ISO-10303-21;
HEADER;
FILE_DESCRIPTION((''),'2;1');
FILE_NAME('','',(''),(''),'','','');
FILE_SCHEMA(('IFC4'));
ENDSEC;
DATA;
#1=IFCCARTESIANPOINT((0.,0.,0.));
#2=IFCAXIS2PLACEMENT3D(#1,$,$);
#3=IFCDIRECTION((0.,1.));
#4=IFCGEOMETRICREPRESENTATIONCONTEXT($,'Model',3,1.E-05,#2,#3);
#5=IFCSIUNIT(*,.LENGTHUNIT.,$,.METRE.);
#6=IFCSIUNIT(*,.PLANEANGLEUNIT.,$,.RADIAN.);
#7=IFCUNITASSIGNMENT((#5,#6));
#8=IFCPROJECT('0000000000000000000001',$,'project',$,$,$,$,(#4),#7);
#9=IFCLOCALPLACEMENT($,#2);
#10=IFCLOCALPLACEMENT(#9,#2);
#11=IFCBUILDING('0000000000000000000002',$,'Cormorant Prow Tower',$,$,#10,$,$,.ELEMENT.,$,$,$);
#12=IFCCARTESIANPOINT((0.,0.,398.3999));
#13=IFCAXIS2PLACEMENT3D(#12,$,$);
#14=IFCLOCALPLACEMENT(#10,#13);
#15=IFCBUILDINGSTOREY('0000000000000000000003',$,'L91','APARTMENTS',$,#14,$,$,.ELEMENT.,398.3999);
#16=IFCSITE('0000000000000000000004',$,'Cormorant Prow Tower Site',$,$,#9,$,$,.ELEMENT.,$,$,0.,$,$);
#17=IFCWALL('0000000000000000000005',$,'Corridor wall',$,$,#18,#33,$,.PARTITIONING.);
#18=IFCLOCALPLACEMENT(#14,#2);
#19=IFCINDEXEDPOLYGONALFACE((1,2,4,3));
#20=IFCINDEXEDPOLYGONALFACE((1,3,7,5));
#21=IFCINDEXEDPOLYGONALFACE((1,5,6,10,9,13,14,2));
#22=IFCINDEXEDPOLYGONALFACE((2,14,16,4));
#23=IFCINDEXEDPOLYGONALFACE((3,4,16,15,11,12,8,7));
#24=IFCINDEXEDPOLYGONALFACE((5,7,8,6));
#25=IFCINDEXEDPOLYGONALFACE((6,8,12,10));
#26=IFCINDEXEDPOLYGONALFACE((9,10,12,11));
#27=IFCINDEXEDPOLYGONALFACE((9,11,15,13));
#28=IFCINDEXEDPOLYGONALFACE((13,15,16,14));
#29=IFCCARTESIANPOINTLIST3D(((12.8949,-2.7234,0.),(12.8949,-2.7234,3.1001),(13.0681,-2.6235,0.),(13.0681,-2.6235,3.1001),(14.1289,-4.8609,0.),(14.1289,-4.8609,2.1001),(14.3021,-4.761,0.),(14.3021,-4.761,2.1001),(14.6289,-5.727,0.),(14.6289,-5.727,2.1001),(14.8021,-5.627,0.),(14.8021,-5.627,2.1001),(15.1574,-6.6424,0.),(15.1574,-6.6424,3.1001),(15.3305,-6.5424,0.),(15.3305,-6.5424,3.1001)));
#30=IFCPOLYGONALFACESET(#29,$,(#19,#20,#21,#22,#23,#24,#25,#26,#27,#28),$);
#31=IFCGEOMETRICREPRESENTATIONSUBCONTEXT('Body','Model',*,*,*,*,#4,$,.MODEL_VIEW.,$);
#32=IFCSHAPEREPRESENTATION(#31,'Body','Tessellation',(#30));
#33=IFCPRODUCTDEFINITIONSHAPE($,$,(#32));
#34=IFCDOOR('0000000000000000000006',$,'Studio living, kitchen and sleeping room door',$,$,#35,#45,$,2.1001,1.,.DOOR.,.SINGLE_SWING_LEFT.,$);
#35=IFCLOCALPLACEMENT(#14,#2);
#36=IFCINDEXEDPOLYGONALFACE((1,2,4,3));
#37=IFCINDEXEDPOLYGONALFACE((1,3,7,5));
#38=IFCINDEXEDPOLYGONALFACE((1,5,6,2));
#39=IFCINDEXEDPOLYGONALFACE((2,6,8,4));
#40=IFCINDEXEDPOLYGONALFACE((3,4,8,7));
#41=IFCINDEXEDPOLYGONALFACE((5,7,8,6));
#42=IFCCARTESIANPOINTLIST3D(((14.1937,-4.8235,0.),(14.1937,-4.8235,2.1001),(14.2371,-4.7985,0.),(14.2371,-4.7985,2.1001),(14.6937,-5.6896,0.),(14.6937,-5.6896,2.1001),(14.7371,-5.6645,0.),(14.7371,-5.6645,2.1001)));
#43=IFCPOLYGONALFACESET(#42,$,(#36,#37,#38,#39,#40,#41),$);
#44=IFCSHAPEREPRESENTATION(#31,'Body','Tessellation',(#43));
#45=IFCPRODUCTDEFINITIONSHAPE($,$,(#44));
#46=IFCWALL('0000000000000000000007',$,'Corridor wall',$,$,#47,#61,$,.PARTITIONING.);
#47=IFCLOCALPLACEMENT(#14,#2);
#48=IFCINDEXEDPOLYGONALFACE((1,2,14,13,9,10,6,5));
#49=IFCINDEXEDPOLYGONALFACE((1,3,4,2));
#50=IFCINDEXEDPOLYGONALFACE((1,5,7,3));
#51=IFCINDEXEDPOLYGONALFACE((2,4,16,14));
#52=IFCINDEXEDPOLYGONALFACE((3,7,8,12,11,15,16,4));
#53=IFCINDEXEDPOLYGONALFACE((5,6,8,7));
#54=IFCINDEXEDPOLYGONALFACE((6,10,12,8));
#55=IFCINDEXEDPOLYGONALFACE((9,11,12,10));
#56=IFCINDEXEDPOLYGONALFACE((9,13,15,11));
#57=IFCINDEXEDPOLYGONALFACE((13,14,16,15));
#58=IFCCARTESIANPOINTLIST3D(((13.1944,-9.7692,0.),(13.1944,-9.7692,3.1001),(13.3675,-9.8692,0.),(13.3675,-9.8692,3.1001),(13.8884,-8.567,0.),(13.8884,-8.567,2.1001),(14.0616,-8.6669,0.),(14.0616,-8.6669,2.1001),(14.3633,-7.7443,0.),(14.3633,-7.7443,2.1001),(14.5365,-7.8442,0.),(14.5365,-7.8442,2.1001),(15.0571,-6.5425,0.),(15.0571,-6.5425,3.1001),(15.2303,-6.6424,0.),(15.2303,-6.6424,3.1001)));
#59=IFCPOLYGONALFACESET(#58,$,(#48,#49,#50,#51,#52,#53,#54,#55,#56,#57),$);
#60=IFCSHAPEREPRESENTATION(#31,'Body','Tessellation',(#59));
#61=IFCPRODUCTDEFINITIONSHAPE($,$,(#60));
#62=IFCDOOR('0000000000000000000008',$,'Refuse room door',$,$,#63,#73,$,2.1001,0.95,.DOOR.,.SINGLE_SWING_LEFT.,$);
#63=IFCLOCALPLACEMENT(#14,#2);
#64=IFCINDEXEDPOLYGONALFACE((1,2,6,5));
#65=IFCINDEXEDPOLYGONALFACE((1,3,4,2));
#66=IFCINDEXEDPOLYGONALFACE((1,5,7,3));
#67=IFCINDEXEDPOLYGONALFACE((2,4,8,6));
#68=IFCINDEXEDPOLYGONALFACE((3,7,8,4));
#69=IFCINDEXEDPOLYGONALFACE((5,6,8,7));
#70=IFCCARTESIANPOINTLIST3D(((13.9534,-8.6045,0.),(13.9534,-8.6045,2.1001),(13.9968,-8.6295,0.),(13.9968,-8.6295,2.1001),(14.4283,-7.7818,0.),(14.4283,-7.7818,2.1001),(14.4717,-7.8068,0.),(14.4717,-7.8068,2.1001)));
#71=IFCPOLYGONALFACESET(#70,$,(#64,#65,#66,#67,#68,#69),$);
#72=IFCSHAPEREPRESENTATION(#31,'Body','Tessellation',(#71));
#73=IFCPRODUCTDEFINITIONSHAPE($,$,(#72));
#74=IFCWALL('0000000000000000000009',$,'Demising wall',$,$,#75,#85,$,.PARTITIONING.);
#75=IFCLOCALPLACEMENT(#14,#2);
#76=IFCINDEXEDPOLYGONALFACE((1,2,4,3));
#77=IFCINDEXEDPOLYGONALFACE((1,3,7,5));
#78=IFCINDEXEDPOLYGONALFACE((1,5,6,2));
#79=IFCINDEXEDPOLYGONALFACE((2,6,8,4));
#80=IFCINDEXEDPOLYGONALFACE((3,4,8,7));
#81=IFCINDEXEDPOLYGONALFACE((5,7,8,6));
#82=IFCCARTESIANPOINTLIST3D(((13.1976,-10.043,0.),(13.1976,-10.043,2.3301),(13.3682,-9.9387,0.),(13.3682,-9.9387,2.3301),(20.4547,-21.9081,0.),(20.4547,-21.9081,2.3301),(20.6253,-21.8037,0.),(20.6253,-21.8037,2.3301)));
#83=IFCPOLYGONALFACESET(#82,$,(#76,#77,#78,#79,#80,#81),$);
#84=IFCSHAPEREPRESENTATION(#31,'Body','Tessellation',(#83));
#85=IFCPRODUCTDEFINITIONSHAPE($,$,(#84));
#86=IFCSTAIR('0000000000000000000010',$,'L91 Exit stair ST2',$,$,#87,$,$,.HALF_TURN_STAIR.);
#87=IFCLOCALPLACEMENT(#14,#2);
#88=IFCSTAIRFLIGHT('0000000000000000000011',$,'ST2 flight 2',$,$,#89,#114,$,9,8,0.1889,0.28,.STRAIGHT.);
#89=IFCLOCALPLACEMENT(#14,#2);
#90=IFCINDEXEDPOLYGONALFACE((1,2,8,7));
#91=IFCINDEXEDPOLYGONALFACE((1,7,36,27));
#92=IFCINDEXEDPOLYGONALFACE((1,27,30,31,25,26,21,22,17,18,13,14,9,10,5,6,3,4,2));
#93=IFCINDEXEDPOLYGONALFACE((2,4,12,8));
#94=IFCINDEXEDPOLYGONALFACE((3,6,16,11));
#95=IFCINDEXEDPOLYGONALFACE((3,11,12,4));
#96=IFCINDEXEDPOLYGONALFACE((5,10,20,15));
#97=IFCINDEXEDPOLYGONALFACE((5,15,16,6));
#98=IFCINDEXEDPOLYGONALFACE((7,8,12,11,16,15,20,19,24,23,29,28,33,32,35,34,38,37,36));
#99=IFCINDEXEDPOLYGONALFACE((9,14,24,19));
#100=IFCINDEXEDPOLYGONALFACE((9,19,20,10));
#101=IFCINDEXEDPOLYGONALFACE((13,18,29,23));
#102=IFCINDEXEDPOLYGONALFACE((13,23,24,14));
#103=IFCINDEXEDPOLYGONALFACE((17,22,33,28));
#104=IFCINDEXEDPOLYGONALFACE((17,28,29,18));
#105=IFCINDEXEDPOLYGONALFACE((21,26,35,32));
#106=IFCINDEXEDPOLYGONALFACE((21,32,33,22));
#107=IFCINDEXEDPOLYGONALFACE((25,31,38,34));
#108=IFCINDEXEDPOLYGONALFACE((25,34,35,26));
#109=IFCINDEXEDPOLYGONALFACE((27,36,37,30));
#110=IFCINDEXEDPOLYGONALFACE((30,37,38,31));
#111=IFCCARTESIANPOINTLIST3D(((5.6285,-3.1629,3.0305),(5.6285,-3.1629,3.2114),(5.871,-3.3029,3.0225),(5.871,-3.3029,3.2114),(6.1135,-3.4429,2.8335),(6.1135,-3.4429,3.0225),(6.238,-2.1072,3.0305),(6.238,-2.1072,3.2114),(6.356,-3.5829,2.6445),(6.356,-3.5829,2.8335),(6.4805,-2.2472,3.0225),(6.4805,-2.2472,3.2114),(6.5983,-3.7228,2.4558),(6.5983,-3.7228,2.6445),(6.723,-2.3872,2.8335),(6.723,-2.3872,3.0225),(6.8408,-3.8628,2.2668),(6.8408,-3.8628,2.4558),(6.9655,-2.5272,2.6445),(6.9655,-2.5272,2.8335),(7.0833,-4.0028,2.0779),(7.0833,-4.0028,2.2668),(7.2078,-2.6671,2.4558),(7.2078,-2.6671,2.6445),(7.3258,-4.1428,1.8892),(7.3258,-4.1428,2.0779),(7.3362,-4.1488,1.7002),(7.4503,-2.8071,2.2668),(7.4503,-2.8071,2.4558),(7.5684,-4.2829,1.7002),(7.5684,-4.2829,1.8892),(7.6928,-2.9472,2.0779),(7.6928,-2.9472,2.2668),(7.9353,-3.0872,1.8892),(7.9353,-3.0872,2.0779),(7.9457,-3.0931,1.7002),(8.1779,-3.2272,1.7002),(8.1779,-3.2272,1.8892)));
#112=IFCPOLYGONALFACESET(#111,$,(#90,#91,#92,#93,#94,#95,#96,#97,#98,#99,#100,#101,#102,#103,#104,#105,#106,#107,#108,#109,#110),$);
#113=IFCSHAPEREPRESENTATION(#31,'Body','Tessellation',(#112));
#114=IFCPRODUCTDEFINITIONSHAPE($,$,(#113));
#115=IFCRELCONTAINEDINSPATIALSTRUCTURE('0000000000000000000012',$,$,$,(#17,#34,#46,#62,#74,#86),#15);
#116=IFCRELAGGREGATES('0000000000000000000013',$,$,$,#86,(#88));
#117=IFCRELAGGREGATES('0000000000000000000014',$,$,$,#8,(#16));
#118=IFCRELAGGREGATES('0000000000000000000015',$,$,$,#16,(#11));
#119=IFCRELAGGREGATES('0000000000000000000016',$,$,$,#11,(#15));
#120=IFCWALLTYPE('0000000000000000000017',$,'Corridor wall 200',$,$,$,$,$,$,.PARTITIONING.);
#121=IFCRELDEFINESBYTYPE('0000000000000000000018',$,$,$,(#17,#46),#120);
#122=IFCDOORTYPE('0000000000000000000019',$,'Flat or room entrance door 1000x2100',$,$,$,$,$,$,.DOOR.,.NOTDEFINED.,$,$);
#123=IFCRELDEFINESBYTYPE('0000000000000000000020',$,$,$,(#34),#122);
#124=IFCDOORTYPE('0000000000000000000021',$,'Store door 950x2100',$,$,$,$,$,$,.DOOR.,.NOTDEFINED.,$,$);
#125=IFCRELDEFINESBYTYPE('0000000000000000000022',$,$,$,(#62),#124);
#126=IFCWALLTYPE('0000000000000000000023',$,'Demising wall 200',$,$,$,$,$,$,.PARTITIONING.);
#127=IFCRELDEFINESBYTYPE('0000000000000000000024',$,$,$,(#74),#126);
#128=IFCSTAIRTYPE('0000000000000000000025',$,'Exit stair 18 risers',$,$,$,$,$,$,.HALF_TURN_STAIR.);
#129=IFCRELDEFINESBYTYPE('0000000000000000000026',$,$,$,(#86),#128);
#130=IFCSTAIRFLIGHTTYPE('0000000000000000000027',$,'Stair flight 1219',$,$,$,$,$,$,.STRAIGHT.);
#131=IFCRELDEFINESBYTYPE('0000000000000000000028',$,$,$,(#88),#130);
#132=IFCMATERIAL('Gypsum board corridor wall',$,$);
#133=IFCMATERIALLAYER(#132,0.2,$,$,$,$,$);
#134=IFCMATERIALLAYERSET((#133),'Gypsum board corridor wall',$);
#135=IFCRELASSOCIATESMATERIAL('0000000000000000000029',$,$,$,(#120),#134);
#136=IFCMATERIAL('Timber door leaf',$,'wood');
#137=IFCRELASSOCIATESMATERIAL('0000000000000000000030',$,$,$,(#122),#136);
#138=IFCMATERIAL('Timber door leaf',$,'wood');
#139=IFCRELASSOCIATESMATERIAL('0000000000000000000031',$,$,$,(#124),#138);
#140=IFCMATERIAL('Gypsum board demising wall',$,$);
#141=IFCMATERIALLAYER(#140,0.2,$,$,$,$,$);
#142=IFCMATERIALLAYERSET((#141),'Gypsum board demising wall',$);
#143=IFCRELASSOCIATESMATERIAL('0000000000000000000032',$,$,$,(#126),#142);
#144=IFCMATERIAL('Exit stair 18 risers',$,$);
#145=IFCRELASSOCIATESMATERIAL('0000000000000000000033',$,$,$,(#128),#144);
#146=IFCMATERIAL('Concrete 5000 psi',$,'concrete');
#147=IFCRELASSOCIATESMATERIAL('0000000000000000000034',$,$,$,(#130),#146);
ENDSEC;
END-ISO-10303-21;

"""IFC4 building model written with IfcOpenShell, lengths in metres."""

from ifc_helpers import new_model, si_unit, direction, frame, frame_2d, origin, place, context, subcontext, project, spatial, polyline, rectangle, outline, extrude, material, layer, layer_set, type_object, element, fill, aggregate, save


model = new_model("IFC4")

# Units and contexts
model_context = context("Model", 3, precision=1e-05, world=origin(), true_north=direction((0.0, 1.0)))
body_context = subcontext(model_context, "Body", "Model", "MODEL_VIEW")
ifc_project = project(units=[si_unit("LENGTHUNIT", "METRE"), si_unit("PLANEANGLEUNIT", "RADIAN")], contexts=[model_context])

# Site, building, storey
site_placement = place(None, origin())
site = spatial("IfcSite", under=ifc_project, at=site_placement, Name="Cormorant Prow Tower Site", CompositionType="ELEMENT", RefElevation=0.0)
building_placement = place(site_placement, origin())
building = spatial("IfcBuilding", under=site, at=building_placement, Name="Cormorant Prow Tower", CompositionType="ELEMENT")
storey_placement = place(building_placement, frame((0.0, 0.0, 398.3999)))
storey = spatial("IfcBuildingStorey", under=building, at=storey_placement, Name="L91", Description="APARTMENTS", CompositionType="ELEMENT", Elevation=398.3999)

# Shared definitions
ifc_material_1 = material(Name="Gypsum board corridor wall")
ifc_layer_1 = layer(ifc_material_1, 0.2)
ifc_layer_set_1 = layer_set([ifc_layer_1], Name="Gypsum board corridor wall")
wall_type_1 = type_object("IfcWallType", Name="Corridor wall 200", PredefinedType="PARTITIONING", material=ifc_layer_set_1)

# Walls, openings, doors
wall_1_placement = place(storey_placement, frame((12.9814, -2.6733, 0.0), z_axis=(0.0, 0.0, 1.0), x_axis=(0.499975, -0.86604, 0.0)))
wall_1 = element("IfcWall", 1, at=wall_1_placement, inside=storey, type_object=wall_type_1, Name="Corridor wall", PredefinedType="PARTITIONING", context=body_context, shape_type="SweptSolid", body=[
    extrude(rectangle(XDim=4.5251, YDim=0.2, at=frame_2d((2.2627, 0.0))), origin(), (0.0, 0.0, 1.0), 3.1001),
])
opening_1_placement = place(wall_1_placement, frame((2.4683, 0.0, 0.0)))
opening_1 = element("IfcOpeningElement", 2, at=opening_1_placement, cuts=wall_1, PredefinedType="OPENING", context=body_context, shape_type="SweptSolid", body=[
    extrude(rectangle(XDim=1.0, YDim=2.1001, at=frame_2d((0.5, 1.05))), frame((0.0, 0.1099, 0.0), z_axis=(0.0, -1.0, 0.0), x_axis=(1.0, 0.0, 0.0)), (0.0, 0.0, 1.0), 0.22),
])
ifc_material_2 = material(Name="Timber door leaf", Category="wood")
door_type_1 = type_object("IfcDoorType", Name="Flat or room entrance door 1000x2100", OperationType="NOTDEFINED", PredefinedType="DOOR", material=ifc_material_2)
door_1_placement = place(opening_1_placement, origin())
door_1 = element("IfcDoor", 3, at=door_1_placement, inside=storey, type_object=door_type_1, Name="Studio living, kitchen and sleeping room door", OperationType="SINGLE_SWING_LEFT", OverallHeight=2.1001, OverallWidth=1.0, PredefinedType="DOOR", context=body_context, shape_type="SweptSolid", body=[
    extrude(rectangle(XDim=1.0, YDim=2.1001, at=frame_2d((0.5, 1.05))), frame((0.0, 0.0249, 0.0), z_axis=(0.0, -1.0, 0.0), x_axis=(1.0, 0.0, 0.0)), (0.0, 0.0, 1.0), 0.05),
])
fill(opening_1, door_1)
wall_2_placement = place(storey_placement, frame((13.281, -9.8191, 0.0), z_axis=(0.0, 0.0, 1.0), x_axis=(0.499959, 0.866049, 0.0)))
wall_2 = element("IfcWall", 4, at=wall_2_placement, inside=storey, type_object=wall_type_1, Name="Corridor wall", PredefinedType="PARTITIONING", context=body_context, shape_type="SweptSolid", body=[
    extrude(rectangle(XDim=3.7258, YDim=0.2, at=frame_2d((1.8628, 0.0))), origin(), (0.0, 0.0, 1.0), 3.1001),
])
opening_2_placement = place(wall_2_placement, frame((1.3879, 0.0, 0.0)))
opening_2 = element("IfcOpeningElement", 5, at=opening_2_placement, cuts=wall_2, PredefinedType="OPENING", context=body_context, shape_type="SweptSolid", body=[
    extrude(rectangle(XDim=0.95, YDim=2.1001, at=frame_2d((0.4751, 1.05))), frame((0.0, 0.1099, 0.0), z_axis=(0.0, -1.0, 0.0), x_axis=(1.0, 0.0, 0.0)), (0.0, 0.0, 1.0), 0.22),
])
ifc_material_3 = material(Name="Timber door leaf", Category="wood")
door_type_2 = type_object("IfcDoorType", Name="Store door 950x2100", OperationType="NOTDEFINED", PredefinedType="DOOR", material=ifc_material_3)
door_2_placement = place(opening_2_placement, origin())
door_2 = element("IfcDoor", 6, at=door_2_placement, inside=storey, type_object=door_type_2, Name="Refuse room door", OperationType="SINGLE_SWING_LEFT", OverallHeight=2.1001, OverallWidth=0.95, PredefinedType="DOOR", context=body_context, shape_type="SweptSolid", body=[
    extrude(rectangle(XDim=0.95, YDim=2.1001, at=frame_2d((0.4751, 1.05))), frame((0.0, 0.0249, 0.0), z_axis=(0.0, -1.0, 0.0), x_axis=(1.0, 0.0, 0.0)), (0.0, 0.0, 1.0), 0.05),
])
fill(opening_2, door_2)

# Wall
ifc_material_4 = material(Name="Gypsum board demising wall")
ifc_layer_2 = layer(ifc_material_4, 0.2)
ifc_layer_set_2 = layer_set([ifc_layer_2], Name="Gypsum board demising wall")
wall_type_2 = type_object("IfcWallType", Name="Demising wall 200", PredefinedType="PARTITIONING", material=ifc_layer_set_2)
wall_3_placement = place(storey_placement, frame((13.283, -9.991, 0.0), z_axis=(0.0, 0.0, 1.0), x_axis=(0.521777, -0.853082, 0.0)))
element("IfcWall", 7, at=wall_3_placement, inside=storey, type_object=wall_type_2, Name="Demising wall", PredefinedType="PARTITIONING", context=body_context, shape_type="SweptSolid", body=[
    extrude(rectangle(XDim=13.9084, YDim=0.2, at=frame_2d((6.9541, 0.0))), origin(), (0.0, 0.0, 1.0), 2.3301),
])

# Stair, stair flight
ifc_material_5 = material(Name="Exit stair 18 risers")
stair_type = type_object("IfcStairType", Name="Exit stair 18 risers", PredefinedType="HALF_TURN_STAIR", material=ifc_material_5)
stair_placement = place(storey_placement, origin())
stair = element("IfcStair", 8, at=stair_placement, inside=storey, type_object=stair_type, Name="L91 Exit stair ST2", PredefinedType="HALF_TURN_STAIR")
ifc_material_6 = material(Name="Concrete 5000 psi", Category="concrete")
stair_flight_type = type_object("IfcStairFlightType", Name="Stair flight 1219", PredefinedType="STRAIGHT", material=ifc_material_6)
stair_flight_placement = place(storey_placement, frame((7.873, -3.7551, 1.7002), z_axis=(0.0, 0.0, 1.0), x_axis=(-0.866025, 0.5, 0.0)))
stair_flight = element("IfcStairFlight", 9, at=stair_flight_placement, type_object=stair_flight_type, Name="ST2 flight 2", NumberOfRisers=9, NumberOfTreads=8, PredefinedType="STRAIGHT", RiserHeight=0.1889, TreadLength=0.28, context=body_context, shape_type="SweptSolid", body=[
    extrude(outline(polyline([(0.0, 0.0), (0.0, 0.189), (0.28, 0.189), (0.28, 0.3777), (0.5601, 0.3777), (0.5601, 0.5667), (0.8401, 0.5667), (0.8401, 0.7556), (1.1201, 0.7556), (1.1201, 0.9443), (1.3999, 0.9443), (1.3999, 1.1333), (1.6799, 1.1333), (1.6799, 1.3223), (1.96, 1.3223), (1.96, 1.5112), (2.24, 1.5112), (2.24, 1.7), (2.24, 1.3303), (0.2681, 0.0), (0.0, 0.0)])), frame((0.0, 0.6094, 0.0), z_axis=(0.0, -1.0, 0.0), x_axis=(1.0, 0.0, 0.0)), (0.0, 0.0, 1.0), 1.219),
])
aggregate(stair, [stair_flight])

save(model, "model.ifc")
